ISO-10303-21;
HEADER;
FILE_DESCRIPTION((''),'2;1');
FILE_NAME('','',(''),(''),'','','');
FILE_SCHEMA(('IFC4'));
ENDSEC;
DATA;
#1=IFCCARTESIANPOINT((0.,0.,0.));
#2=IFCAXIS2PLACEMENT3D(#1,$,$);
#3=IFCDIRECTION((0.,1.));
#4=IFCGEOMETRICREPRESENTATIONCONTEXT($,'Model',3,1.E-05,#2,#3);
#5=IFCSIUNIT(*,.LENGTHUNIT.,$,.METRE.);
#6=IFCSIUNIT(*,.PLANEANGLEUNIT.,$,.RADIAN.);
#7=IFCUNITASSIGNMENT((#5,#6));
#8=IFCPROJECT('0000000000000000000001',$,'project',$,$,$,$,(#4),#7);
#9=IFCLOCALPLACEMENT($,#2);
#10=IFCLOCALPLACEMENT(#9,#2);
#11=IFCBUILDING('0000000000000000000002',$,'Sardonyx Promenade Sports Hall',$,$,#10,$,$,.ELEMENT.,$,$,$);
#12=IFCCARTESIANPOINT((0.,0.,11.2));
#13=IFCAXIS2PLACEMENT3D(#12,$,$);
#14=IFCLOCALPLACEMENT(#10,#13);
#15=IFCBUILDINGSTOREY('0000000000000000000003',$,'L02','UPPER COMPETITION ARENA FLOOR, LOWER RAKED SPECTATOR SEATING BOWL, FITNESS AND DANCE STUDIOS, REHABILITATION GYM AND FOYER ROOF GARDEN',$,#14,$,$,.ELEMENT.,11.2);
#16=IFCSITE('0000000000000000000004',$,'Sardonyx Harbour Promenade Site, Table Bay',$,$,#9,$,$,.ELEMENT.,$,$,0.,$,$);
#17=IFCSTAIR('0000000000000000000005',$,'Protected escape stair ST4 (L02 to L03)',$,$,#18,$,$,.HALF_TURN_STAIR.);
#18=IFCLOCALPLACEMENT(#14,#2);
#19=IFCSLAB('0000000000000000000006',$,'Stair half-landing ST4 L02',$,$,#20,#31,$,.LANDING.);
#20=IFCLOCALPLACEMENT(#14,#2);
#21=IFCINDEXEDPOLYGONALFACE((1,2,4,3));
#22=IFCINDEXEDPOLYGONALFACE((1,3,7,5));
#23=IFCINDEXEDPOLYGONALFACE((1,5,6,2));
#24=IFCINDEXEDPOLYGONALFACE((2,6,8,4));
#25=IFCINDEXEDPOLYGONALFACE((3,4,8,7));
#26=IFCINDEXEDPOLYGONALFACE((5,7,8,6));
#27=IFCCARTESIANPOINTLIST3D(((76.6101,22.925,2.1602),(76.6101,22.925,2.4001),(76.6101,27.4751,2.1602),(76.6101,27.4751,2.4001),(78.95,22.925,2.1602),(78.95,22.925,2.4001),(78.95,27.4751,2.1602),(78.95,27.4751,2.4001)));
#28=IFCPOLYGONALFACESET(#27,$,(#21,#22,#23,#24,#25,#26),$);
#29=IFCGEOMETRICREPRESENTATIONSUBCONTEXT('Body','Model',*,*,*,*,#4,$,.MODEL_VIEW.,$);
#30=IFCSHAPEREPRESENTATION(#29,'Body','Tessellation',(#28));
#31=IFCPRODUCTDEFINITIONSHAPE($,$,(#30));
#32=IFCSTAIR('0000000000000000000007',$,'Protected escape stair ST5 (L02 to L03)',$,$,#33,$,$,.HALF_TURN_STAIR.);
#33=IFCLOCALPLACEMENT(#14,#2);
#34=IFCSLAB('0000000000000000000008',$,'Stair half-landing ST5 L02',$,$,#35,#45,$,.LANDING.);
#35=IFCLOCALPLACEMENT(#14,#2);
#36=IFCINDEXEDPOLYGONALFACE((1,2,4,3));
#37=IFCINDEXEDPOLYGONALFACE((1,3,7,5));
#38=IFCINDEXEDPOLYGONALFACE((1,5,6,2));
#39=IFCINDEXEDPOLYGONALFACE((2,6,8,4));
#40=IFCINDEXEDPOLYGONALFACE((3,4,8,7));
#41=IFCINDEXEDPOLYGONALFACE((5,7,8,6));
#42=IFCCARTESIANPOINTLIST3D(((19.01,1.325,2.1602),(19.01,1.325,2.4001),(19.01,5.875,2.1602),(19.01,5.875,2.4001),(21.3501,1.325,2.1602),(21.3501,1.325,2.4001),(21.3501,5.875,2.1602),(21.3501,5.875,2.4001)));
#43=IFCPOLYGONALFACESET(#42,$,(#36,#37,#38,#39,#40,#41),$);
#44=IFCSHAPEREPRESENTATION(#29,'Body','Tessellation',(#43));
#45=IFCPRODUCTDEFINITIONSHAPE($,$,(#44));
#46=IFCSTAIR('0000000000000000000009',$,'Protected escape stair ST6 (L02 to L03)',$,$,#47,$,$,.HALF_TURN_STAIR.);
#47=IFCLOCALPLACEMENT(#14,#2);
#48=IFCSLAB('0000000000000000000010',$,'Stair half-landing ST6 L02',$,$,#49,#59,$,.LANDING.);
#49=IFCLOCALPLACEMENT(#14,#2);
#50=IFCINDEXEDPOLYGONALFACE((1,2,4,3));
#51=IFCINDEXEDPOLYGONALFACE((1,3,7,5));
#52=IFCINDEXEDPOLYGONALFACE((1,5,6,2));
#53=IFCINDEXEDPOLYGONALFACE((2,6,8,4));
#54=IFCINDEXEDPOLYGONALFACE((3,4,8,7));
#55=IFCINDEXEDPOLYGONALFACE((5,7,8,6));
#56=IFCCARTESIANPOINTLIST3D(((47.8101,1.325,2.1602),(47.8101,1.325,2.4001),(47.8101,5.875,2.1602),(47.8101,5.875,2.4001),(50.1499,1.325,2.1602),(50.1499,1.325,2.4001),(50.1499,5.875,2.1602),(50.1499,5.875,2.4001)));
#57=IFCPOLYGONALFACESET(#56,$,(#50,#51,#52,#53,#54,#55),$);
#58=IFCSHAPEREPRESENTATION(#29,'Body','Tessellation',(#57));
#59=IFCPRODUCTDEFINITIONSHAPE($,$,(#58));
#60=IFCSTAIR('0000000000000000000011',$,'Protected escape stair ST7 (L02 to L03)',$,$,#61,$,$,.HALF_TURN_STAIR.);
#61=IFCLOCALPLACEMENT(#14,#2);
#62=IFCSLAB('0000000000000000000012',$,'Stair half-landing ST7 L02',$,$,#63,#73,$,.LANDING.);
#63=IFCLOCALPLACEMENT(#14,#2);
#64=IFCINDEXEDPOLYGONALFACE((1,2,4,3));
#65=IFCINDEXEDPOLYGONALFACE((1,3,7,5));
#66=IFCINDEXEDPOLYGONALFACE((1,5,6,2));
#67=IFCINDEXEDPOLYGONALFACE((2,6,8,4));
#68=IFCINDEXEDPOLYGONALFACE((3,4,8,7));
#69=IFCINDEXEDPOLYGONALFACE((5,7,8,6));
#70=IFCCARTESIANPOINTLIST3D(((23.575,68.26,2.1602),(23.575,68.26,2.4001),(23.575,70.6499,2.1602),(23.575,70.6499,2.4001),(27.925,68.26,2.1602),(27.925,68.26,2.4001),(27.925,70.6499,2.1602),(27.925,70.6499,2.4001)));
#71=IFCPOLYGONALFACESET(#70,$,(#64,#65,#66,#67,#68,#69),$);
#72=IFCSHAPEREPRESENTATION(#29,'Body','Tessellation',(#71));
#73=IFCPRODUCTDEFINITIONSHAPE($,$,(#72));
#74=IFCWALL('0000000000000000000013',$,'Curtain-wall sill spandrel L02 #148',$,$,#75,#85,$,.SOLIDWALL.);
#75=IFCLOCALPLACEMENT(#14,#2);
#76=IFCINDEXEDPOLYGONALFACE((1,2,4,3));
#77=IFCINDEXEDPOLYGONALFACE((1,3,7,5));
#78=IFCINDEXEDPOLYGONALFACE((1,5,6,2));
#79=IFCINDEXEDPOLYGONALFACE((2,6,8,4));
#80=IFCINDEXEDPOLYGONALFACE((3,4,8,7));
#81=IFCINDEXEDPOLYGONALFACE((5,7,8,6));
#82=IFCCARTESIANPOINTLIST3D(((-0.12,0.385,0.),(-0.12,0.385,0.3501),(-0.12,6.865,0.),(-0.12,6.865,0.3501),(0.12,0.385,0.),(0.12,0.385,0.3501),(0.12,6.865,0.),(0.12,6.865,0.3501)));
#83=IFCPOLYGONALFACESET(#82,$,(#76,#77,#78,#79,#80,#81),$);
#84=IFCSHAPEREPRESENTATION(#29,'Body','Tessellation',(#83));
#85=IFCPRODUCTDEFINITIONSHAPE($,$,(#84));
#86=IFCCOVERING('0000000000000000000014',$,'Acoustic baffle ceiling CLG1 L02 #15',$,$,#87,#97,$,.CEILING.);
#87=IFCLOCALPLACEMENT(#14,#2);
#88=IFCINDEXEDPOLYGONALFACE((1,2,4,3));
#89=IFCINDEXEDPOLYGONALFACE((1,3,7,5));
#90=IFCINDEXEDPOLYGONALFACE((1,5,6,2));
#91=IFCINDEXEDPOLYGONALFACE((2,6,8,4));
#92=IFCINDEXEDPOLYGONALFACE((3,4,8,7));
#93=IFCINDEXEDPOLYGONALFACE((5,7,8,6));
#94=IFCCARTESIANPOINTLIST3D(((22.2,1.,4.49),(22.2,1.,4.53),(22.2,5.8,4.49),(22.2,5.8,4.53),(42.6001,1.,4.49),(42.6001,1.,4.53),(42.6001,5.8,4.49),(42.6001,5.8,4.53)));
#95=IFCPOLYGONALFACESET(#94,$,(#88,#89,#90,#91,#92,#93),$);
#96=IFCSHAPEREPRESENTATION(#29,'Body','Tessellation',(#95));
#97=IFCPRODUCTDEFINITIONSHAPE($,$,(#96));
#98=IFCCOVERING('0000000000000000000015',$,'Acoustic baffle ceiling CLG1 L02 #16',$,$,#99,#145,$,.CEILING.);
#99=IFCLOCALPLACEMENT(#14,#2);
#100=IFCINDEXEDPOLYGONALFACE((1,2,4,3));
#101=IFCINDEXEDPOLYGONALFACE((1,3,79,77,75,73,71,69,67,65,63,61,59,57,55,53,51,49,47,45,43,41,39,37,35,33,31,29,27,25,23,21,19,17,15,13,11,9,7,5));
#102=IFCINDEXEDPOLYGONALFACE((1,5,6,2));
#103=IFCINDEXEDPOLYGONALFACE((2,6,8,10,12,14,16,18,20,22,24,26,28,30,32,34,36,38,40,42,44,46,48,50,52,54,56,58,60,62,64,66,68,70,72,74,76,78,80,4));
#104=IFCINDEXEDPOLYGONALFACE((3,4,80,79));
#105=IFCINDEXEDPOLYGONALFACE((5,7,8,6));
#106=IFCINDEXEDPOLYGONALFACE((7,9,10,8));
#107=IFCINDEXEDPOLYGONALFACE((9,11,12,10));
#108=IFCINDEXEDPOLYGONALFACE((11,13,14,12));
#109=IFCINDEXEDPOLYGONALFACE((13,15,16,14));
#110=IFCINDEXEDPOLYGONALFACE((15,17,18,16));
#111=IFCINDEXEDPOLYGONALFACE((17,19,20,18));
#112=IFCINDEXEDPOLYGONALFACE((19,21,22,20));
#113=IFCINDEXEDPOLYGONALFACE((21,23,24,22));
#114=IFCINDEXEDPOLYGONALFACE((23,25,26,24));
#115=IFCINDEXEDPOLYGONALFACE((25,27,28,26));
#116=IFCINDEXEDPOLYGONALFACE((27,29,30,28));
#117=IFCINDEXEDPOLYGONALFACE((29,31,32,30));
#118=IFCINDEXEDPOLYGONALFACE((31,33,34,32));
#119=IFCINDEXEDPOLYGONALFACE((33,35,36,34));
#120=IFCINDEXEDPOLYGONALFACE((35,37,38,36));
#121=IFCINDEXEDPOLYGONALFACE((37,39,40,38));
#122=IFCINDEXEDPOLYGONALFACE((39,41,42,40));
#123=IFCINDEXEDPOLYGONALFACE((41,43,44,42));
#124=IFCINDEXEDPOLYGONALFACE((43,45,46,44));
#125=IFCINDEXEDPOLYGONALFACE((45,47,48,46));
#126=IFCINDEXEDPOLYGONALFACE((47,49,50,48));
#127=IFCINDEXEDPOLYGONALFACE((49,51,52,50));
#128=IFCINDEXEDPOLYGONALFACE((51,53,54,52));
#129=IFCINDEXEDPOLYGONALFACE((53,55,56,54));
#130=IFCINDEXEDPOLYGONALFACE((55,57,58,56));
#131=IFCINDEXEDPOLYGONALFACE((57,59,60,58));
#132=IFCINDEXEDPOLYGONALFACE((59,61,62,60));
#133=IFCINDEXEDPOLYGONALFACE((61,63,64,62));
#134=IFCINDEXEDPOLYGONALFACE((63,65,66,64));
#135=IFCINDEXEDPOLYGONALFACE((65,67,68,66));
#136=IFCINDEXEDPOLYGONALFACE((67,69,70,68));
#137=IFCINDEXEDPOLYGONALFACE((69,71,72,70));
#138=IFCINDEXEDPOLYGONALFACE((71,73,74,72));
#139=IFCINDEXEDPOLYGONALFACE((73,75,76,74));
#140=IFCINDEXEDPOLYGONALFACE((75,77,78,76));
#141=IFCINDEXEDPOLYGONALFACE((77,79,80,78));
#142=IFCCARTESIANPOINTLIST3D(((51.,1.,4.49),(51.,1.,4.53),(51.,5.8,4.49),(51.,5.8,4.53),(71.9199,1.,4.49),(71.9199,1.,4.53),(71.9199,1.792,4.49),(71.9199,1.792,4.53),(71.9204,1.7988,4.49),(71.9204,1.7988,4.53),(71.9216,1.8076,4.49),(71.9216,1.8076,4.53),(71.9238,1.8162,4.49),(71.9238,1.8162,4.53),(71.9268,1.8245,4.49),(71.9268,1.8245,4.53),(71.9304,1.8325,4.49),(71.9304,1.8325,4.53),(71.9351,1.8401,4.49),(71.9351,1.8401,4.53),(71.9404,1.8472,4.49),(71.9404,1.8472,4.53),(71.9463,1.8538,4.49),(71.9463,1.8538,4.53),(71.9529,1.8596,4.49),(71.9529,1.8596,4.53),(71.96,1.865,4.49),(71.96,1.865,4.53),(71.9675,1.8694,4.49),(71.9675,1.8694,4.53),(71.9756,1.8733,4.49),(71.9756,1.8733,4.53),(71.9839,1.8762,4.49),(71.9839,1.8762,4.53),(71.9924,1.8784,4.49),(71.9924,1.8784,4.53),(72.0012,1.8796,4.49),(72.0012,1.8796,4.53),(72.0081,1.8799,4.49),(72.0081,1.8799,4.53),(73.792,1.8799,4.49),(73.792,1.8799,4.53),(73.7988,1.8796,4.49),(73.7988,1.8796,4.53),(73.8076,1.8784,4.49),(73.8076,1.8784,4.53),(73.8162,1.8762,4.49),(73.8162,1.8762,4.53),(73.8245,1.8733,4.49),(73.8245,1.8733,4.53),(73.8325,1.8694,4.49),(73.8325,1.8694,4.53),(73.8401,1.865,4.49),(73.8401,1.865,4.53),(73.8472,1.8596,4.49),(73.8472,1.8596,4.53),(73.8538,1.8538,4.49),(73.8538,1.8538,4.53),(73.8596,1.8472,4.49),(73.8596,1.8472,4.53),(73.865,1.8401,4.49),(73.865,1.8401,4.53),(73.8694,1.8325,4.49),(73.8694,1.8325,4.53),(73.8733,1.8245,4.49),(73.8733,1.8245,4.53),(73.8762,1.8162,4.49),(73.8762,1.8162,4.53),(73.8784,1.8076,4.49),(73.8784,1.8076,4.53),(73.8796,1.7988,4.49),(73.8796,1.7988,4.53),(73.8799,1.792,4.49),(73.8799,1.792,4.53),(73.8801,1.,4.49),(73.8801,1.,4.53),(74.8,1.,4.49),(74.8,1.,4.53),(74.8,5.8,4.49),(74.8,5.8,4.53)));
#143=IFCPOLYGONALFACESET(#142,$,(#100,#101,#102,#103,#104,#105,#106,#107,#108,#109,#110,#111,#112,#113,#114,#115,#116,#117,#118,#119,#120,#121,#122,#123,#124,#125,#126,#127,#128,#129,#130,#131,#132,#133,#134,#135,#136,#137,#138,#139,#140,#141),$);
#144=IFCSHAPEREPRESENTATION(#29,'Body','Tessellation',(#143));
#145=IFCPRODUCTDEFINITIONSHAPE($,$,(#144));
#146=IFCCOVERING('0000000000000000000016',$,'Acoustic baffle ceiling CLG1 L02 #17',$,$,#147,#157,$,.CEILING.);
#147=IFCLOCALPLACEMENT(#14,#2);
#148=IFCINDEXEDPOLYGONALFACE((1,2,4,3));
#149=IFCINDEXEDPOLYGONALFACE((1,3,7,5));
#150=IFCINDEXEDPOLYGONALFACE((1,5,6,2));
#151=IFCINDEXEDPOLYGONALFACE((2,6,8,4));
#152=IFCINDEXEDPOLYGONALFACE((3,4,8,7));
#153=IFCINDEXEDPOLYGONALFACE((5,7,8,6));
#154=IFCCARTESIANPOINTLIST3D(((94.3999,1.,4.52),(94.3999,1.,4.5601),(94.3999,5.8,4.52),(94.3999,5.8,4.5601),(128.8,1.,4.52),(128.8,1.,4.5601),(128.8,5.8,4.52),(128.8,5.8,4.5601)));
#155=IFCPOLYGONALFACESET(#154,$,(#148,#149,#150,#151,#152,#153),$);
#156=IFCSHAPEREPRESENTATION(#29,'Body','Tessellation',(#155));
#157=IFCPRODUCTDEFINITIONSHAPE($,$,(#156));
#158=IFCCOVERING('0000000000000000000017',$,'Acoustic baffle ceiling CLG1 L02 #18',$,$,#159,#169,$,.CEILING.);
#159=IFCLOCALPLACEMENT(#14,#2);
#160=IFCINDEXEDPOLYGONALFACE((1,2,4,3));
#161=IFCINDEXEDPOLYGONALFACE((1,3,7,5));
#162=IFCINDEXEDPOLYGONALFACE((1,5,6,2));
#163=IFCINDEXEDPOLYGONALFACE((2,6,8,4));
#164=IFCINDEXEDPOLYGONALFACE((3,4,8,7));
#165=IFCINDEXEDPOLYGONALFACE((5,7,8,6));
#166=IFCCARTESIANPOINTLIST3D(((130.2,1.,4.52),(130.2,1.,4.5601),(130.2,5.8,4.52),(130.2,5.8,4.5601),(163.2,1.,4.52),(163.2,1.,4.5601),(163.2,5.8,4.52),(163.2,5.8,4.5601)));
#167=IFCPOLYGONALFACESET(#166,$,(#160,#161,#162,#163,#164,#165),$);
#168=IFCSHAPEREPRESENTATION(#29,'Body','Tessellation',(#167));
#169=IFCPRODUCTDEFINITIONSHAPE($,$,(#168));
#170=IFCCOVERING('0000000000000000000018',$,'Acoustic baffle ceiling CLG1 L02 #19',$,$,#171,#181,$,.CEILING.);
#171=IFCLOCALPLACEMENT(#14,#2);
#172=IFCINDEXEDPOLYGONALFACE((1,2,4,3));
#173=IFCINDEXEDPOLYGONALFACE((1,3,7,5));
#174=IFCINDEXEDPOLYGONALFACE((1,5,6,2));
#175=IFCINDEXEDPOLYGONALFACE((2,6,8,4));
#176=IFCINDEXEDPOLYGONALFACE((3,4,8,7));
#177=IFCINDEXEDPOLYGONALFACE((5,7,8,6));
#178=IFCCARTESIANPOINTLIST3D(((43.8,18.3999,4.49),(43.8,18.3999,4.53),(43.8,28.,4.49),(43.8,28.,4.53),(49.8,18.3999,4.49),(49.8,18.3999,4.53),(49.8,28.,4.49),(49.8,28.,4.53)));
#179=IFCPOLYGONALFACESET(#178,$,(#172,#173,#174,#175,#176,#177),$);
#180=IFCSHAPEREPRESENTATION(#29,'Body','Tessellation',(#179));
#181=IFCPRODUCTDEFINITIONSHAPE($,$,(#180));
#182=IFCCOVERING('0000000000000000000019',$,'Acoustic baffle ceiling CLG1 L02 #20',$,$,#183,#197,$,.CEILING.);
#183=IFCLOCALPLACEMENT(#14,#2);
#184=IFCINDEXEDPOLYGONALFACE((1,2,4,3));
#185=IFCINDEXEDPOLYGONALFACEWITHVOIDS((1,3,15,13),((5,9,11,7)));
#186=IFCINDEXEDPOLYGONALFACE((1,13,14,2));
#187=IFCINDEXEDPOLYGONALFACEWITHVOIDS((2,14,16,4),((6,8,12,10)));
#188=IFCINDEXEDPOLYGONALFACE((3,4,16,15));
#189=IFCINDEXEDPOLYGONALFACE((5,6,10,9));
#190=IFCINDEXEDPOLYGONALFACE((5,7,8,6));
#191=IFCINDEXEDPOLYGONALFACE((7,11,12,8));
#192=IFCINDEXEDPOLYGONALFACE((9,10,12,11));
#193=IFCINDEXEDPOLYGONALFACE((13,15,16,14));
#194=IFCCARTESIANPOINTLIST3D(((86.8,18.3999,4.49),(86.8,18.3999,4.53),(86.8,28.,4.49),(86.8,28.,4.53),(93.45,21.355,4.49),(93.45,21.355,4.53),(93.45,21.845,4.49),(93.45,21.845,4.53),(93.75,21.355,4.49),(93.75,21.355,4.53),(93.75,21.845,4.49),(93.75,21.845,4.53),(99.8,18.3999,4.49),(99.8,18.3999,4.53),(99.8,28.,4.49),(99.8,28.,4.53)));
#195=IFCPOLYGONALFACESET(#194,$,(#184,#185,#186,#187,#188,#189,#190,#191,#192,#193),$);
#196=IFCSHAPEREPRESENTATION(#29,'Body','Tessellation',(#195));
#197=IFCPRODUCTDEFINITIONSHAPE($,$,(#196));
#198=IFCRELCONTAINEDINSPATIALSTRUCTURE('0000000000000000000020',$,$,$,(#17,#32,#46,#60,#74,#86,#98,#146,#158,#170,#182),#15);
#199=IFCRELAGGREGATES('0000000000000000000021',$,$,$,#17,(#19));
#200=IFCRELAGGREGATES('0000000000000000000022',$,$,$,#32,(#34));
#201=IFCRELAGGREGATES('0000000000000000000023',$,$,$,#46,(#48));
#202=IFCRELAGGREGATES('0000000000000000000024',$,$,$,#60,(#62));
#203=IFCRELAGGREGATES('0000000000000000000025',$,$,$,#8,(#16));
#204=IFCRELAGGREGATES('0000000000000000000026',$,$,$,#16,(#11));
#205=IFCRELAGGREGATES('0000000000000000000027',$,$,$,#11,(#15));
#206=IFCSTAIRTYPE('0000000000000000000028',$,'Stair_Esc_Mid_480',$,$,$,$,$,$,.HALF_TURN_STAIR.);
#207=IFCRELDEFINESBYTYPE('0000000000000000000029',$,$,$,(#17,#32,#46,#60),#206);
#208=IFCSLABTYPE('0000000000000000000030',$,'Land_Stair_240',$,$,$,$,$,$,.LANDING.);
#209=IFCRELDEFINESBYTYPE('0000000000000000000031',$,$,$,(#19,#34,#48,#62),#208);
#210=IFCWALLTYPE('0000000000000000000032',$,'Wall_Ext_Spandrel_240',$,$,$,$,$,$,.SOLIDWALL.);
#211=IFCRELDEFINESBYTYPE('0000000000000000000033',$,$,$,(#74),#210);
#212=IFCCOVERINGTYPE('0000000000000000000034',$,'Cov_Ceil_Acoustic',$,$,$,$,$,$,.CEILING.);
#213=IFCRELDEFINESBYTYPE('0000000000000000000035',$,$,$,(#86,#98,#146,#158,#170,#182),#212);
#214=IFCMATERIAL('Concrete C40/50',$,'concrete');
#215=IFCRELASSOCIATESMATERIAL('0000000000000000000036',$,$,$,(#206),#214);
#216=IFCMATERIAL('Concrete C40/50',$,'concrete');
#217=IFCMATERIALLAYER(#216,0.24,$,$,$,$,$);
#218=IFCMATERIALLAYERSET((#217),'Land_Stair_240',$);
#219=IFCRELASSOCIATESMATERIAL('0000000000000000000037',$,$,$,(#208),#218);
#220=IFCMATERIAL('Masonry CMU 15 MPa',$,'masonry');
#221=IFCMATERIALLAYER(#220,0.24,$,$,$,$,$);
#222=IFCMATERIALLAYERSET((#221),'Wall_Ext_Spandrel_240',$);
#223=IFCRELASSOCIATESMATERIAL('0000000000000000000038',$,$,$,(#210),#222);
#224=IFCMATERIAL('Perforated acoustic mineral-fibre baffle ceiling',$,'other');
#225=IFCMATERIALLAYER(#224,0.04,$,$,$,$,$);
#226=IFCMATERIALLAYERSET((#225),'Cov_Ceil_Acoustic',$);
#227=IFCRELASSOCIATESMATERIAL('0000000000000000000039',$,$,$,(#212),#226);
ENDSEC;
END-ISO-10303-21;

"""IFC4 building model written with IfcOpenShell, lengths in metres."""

from ifc_helpers import new_model, si_unit, direction, frame, frame_2d, origin, place, context, subcontext, project, spatial, polyline, rectangle, outline, extrude, material, layer, layer_set, type_object, element, aggregate, save


model = new_model("IFC4")

# Units and contexts
model_context = context("Model", 3, precision=1e-05, world=origin(), true_north=direction((0.0, 1.0)))
body_context = subcontext(model_context, "Body", "Model", "MODEL_VIEW")
ifc_project = project(units=[si_unit("LENGTHUNIT", "METRE"), si_unit("PLANEANGLEUNIT", "RADIAN")], contexts=[model_context])

# Site, building, storey
site_placement = place(None, origin())
site = spatial("IfcSite", under=ifc_project, at=site_placement, Name="Sardonyx Harbour Promenade Site, Table Bay", CompositionType="ELEMENT", RefElevation=0.0)
building_placement = place(site_placement, origin())
building = spatial("IfcBuilding", under=site, at=building_placement, Name="Sardonyx Promenade Sports Hall", CompositionType="ELEMENT")
storey_placement = place(building_placement, frame((0.0, 0.0, 11.2)))
storey = spatial("IfcBuildingStorey", under=building, at=storey_placement, Name="L02", Description="UPPER COMPETITION ARENA FLOOR, LOWER RAKED SPECTATOR SEATING BOWL, FITNESS AND DANCE STUDIOS, REHABILITATION GYM AND FOYER ROOF GARDEN", CompositionType="ELEMENT", Elevation=11.2)

# Stairs, slabs
ifc_material_1 = material(Name="Concrete C40/50", Category="concrete")
stair_type = type_object("IfcStairType", Name="Stair_Esc_Mid_480", PredefinedType="HALF_TURN_STAIR", material=ifc_material_1)
ifc_material_2 = material(Name="Concrete C40/50", Category="concrete")
ifc_layer_1 = layer(ifc_material_2, 0.24)
ifc_layer_set_1 = layer_set([ifc_layer_1], Name="Land_Stair_240")
slab_type = type_object("IfcSlabType", Name="Land_Stair_240", PredefinedType="LANDING", material=ifc_layer_set_1)
stair_1_placement = place(storey_placement, origin())
stair_1 = element("IfcStair", 1, at=stair_1_placement, inside=storey, type_object=stair_type, Name="Protected escape stair ST4 (L02 to L03)", PredefinedType="HALF_TURN_STAIR")
slab_1_placement = place(storey_placement, frame((0.0, 0.0, 2.1602)))
slab_1 = element("IfcSlab", 2, at=slab_1_placement, type_object=slab_type, Name="Stair half-landing ST4 L02", PredefinedType="LANDING", context=body_context, shape_type="SweptSolid", body=[
    extrude(outline(polyline([(76.6101, 22.925), (78.95, 22.925), (78.95, 27.4751), (76.6101, 27.4751), (76.6101, 22.925)])), origin(), (0.0, 0.0, 1.0), 0.24),
])
aggregate(stair_1, [slab_1])
stair_2_placement = place(storey_placement, origin())
stair_2 = element("IfcStair", 3, at=stair_2_placement, inside=storey, type_object=stair_type, Name="Protected escape stair ST5 (L02 to L03)", PredefinedType="HALF_TURN_STAIR")
slab_2_placement = place(storey_placement, frame((0.0, 0.0, 2.1602)))
slab_2 = element("IfcSlab", 4, at=slab_2_placement, type_object=slab_type, Name="Stair half-landing ST5 L02", PredefinedType="LANDING", context=body_context, shape_type="SweptSolid", body=[
    extrude(outline(polyline([(19.01, 1.325), (21.3501, 1.325), (21.3501, 5.875), (19.01, 5.875), (19.01, 1.325)])), origin(), (0.0, 0.0, 1.0), 0.24),
])
aggregate(stair_2, [slab_2])
stair_3_placement = place(storey_placement, origin())
stair_3 = element("IfcStair", 5, at=stair_3_placement, inside=storey, type_object=stair_type, Name="Protected escape stair ST6 (L02 to L03)", PredefinedType="HALF_TURN_STAIR")
slab_3_placement = place(storey_placement, frame((0.0, 0.0, 2.1602)))
slab_3 = element("IfcSlab", 6, at=slab_3_placement, type_object=slab_type, Name="Stair half-landing ST6 L02", PredefinedType="LANDING", context=body_context, shape_type="SweptSolid", body=[
    extrude(outline(polyline([(47.8101, 1.325), (50.1499, 1.325), (50.1499, 5.875), (47.8101, 5.875), (47.8101, 1.325)])), origin(), (0.0, 0.0, 1.0), 0.24),
])
aggregate(stair_3, [slab_3])
stair_4_placement = place(storey_placement, origin())
stair_4 = element("IfcStair", 7, at=stair_4_placement, inside=storey, type_object=stair_type, Name="Protected escape stair ST7 (L02 to L03)", PredefinedType="HALF_TURN_STAIR")
slab_4_placement = place(storey_placement, frame((0.0, 0.0, 2.1602)))
slab_4 = element("IfcSlab", 8, at=slab_4_placement, type_object=slab_type, Name="Stair half-landing ST7 L02", PredefinedType="LANDING", context=body_context, shape_type="SweptSolid", body=[
    extrude(outline(polyline([(27.925, 68.26), (27.925, 70.6499), (23.575, 70.6499), (23.575, 68.26), (27.925, 68.26)])), origin(), (0.0, 0.0, 1.0), 0.24),
])
aggregate(stair_4, [slab_4])

# Wall
ifc_material_3 = material(Name="Masonry CMU 15 MPa", Category="masonry")
ifc_layer_2 = layer(ifc_material_3, 0.24)
ifc_layer_set_2 = layer_set([ifc_layer_2], Name="Wall_Ext_Spandrel_240")
wall_type = type_object("IfcWallType", Name="Wall_Ext_Spandrel_240", PredefinedType="SOLIDWALL", material=ifc_layer_set_2)
wall_placement = place(storey_placement, frame((0.0, 0.385, 0.0), z_axis=(0.0, 0.0, 1.0), x_axis=(0.0, 1.0, 0.0)))
element("IfcWall", 9, at=wall_placement, inside=storey, type_object=wall_type, Name="Curtain-wall sill spandrel L02 #148", PredefinedType="SOLIDWALL", context=body_context, shape_type="SweptSolid", body=[
    extrude(rectangle(XDim=6.48, YDim=0.24, at=frame_2d((3.24, 0.0))), origin(), (0.0, 0.0, 1.0), 0.3501),
])

# Coverings
ifc_material_4 = material(Name="Perforated acoustic mineral-fibre baffle ceiling", Category="other")
ifc_layer_3 = layer(ifc_material_4, 0.04)
ifc_layer_set_3 = layer_set([ifc_layer_3], Name="Cov_Ceil_Acoustic")
covering_type_1 = type_object("IfcCoveringType", Name="Cov_Ceil_Acoustic", PredefinedType="CEILING", material=ifc_layer_set_3)
covering_1_placement = place(storey_placement, frame((0.0, 0.0, 4.49)))
element("IfcCovering", 10, at=covering_1_placement, inside=storey, type_object=covering_type_1, Name="Acoustic baffle ceiling CLG1 L02 #15", PredefinedType="CEILING", context=body_context, shape_type="SweptSolid", body=[
    extrude(outline(polyline([(22.2, 5.8), (22.2, 1.0), (42.6001, 1.0), (42.6001, 5.8), (22.2, 5.8)])), origin(), (0.0, 0.0, 1.0), 0.04),
])
covering_2_placement = place(storey_placement, frame((0.0, 0.0, 4.49)))
element("IfcCovering", 11, at=covering_2_placement, inside=storey, type_object=covering_type_1, Name="Acoustic baffle ceiling CLG1 L02 #16", PredefinedType="CEILING", context=body_context, shape_type="SweptSolid", body=[
    extrude(outline(polyline([(51.0, 5.8), (51.0, 1.0), (71.9199, 1.0), (71.9199, 1.792), (71.9204, 1.7988), (71.9216, 1.8076), (71.9238, 1.8162), (71.9268, 1.8245), (71.9304, 1.8325), (71.9351, 1.8401), (71.9404, 1.8472), (71.9463, 1.8538), (71.9529, 1.8596), (71.96, 1.865), (71.9675, 1.8694), (71.9756, 1.8733), (71.9839, 1.8762), (71.9924, 1.8784), (72.0012, 1.8796), (72.0081, 1.8799), (73.792, 1.8799), (73.7988, 1.8796), (73.8076, 1.8784), (73.8162, 1.8762), (73.8245, 1.8733), (73.8325, 1.8694), (73.8401, 1.865), (73.8472, 1.8596), (73.8538, 1.8538), (73.8596, 1.8472), (73.865, 1.8401), (73.8694, 1.8325), (73.8733, 1.8245), (73.8762, 1.8162), (73.8784, 1.8076), (73.8796, 1.7988), (73.8799, 1.792), (73.8801, 1.0), (74.8, 1.0), (74.8, 5.8), (51.0, 5.8)])), origin(), (0.0, 0.0, 1.0), 0.04),
])
covering_3_placement = place(storey_placement, frame((0.0, 0.0, 4.52)))
element("IfcCovering", 12, at=covering_3_placement, inside=storey, type_object=covering_type_1, Name="Acoustic baffle ceiling CLG1 L02 #17", PredefinedType="CEILING", context=body_context, shape_type="SweptSolid", body=[
    extrude(outline(polyline([(94.3999, 5.8), (94.3999, 1.0), (128.8, 1.0), (128.8, 5.8), (94.3999, 5.8)])), origin(), (0.0, 0.0, 1.0), 0.04),
])
covering_4_placement = place(storey_placement, frame((0.0, 0.0, 4.52)))
element("IfcCovering", 13, at=covering_4_placement, inside=storey, type_object=covering_type_1, Name="Acoustic baffle ceiling CLG1 L02 #18", PredefinedType="CEILING", context=body_context, shape_type="SweptSolid", body=[
    extrude(outline(polyline([(130.2, 5.8), (130.2, 1.0), (163.2, 1.0), (163.2, 5.8), (130.2, 5.8)])), origin(), (0.0, 0.0, 1.0), 0.04),
])
covering_5_placement = place(storey_placement, frame((0.0, 0.0, 4.49)))
element("IfcCovering", 14, at=covering_5_placement, inside=storey, type_object=covering_type_1, Name="Acoustic baffle ceiling CLG1 L02 #19", PredefinedType="CEILING", context=body_context, shape_type="SweptSolid", body=[
    extrude(outline(polyline([(43.8, 28.0), (43.8, 18.3999), (49.8, 18.3999), (49.8, 28.0), (43.8, 28.0)])), origin(), (0.0, 0.0, 1.0), 0.04),
])
covering_6_placement = place(storey_placement, frame((0.0, 0.0, 4.49)))
element("IfcCovering", 15, at=covering_6_placement, inside=storey, type_object=covering_type_1, Name="Acoustic baffle ceiling CLG1 L02 #20", PredefinedType="CEILING", context=body_context, shape_type="SweptSolid", body=[
    extrude(outline(polyline([(86.8, 28.0), (86.8, 18.3999), (99.8, 18.3999), (99.8, 28.0), (86.8, 28.0)]), holes=[polyline([(93.75, 21.845), (93.75, 21.355), (93.45, 21.355), (93.45, 21.845), (93.75, 21.845)])]), origin(), (0.0, 0.0, 1.0), 0.04),
])

save(model, "model.ifc")
